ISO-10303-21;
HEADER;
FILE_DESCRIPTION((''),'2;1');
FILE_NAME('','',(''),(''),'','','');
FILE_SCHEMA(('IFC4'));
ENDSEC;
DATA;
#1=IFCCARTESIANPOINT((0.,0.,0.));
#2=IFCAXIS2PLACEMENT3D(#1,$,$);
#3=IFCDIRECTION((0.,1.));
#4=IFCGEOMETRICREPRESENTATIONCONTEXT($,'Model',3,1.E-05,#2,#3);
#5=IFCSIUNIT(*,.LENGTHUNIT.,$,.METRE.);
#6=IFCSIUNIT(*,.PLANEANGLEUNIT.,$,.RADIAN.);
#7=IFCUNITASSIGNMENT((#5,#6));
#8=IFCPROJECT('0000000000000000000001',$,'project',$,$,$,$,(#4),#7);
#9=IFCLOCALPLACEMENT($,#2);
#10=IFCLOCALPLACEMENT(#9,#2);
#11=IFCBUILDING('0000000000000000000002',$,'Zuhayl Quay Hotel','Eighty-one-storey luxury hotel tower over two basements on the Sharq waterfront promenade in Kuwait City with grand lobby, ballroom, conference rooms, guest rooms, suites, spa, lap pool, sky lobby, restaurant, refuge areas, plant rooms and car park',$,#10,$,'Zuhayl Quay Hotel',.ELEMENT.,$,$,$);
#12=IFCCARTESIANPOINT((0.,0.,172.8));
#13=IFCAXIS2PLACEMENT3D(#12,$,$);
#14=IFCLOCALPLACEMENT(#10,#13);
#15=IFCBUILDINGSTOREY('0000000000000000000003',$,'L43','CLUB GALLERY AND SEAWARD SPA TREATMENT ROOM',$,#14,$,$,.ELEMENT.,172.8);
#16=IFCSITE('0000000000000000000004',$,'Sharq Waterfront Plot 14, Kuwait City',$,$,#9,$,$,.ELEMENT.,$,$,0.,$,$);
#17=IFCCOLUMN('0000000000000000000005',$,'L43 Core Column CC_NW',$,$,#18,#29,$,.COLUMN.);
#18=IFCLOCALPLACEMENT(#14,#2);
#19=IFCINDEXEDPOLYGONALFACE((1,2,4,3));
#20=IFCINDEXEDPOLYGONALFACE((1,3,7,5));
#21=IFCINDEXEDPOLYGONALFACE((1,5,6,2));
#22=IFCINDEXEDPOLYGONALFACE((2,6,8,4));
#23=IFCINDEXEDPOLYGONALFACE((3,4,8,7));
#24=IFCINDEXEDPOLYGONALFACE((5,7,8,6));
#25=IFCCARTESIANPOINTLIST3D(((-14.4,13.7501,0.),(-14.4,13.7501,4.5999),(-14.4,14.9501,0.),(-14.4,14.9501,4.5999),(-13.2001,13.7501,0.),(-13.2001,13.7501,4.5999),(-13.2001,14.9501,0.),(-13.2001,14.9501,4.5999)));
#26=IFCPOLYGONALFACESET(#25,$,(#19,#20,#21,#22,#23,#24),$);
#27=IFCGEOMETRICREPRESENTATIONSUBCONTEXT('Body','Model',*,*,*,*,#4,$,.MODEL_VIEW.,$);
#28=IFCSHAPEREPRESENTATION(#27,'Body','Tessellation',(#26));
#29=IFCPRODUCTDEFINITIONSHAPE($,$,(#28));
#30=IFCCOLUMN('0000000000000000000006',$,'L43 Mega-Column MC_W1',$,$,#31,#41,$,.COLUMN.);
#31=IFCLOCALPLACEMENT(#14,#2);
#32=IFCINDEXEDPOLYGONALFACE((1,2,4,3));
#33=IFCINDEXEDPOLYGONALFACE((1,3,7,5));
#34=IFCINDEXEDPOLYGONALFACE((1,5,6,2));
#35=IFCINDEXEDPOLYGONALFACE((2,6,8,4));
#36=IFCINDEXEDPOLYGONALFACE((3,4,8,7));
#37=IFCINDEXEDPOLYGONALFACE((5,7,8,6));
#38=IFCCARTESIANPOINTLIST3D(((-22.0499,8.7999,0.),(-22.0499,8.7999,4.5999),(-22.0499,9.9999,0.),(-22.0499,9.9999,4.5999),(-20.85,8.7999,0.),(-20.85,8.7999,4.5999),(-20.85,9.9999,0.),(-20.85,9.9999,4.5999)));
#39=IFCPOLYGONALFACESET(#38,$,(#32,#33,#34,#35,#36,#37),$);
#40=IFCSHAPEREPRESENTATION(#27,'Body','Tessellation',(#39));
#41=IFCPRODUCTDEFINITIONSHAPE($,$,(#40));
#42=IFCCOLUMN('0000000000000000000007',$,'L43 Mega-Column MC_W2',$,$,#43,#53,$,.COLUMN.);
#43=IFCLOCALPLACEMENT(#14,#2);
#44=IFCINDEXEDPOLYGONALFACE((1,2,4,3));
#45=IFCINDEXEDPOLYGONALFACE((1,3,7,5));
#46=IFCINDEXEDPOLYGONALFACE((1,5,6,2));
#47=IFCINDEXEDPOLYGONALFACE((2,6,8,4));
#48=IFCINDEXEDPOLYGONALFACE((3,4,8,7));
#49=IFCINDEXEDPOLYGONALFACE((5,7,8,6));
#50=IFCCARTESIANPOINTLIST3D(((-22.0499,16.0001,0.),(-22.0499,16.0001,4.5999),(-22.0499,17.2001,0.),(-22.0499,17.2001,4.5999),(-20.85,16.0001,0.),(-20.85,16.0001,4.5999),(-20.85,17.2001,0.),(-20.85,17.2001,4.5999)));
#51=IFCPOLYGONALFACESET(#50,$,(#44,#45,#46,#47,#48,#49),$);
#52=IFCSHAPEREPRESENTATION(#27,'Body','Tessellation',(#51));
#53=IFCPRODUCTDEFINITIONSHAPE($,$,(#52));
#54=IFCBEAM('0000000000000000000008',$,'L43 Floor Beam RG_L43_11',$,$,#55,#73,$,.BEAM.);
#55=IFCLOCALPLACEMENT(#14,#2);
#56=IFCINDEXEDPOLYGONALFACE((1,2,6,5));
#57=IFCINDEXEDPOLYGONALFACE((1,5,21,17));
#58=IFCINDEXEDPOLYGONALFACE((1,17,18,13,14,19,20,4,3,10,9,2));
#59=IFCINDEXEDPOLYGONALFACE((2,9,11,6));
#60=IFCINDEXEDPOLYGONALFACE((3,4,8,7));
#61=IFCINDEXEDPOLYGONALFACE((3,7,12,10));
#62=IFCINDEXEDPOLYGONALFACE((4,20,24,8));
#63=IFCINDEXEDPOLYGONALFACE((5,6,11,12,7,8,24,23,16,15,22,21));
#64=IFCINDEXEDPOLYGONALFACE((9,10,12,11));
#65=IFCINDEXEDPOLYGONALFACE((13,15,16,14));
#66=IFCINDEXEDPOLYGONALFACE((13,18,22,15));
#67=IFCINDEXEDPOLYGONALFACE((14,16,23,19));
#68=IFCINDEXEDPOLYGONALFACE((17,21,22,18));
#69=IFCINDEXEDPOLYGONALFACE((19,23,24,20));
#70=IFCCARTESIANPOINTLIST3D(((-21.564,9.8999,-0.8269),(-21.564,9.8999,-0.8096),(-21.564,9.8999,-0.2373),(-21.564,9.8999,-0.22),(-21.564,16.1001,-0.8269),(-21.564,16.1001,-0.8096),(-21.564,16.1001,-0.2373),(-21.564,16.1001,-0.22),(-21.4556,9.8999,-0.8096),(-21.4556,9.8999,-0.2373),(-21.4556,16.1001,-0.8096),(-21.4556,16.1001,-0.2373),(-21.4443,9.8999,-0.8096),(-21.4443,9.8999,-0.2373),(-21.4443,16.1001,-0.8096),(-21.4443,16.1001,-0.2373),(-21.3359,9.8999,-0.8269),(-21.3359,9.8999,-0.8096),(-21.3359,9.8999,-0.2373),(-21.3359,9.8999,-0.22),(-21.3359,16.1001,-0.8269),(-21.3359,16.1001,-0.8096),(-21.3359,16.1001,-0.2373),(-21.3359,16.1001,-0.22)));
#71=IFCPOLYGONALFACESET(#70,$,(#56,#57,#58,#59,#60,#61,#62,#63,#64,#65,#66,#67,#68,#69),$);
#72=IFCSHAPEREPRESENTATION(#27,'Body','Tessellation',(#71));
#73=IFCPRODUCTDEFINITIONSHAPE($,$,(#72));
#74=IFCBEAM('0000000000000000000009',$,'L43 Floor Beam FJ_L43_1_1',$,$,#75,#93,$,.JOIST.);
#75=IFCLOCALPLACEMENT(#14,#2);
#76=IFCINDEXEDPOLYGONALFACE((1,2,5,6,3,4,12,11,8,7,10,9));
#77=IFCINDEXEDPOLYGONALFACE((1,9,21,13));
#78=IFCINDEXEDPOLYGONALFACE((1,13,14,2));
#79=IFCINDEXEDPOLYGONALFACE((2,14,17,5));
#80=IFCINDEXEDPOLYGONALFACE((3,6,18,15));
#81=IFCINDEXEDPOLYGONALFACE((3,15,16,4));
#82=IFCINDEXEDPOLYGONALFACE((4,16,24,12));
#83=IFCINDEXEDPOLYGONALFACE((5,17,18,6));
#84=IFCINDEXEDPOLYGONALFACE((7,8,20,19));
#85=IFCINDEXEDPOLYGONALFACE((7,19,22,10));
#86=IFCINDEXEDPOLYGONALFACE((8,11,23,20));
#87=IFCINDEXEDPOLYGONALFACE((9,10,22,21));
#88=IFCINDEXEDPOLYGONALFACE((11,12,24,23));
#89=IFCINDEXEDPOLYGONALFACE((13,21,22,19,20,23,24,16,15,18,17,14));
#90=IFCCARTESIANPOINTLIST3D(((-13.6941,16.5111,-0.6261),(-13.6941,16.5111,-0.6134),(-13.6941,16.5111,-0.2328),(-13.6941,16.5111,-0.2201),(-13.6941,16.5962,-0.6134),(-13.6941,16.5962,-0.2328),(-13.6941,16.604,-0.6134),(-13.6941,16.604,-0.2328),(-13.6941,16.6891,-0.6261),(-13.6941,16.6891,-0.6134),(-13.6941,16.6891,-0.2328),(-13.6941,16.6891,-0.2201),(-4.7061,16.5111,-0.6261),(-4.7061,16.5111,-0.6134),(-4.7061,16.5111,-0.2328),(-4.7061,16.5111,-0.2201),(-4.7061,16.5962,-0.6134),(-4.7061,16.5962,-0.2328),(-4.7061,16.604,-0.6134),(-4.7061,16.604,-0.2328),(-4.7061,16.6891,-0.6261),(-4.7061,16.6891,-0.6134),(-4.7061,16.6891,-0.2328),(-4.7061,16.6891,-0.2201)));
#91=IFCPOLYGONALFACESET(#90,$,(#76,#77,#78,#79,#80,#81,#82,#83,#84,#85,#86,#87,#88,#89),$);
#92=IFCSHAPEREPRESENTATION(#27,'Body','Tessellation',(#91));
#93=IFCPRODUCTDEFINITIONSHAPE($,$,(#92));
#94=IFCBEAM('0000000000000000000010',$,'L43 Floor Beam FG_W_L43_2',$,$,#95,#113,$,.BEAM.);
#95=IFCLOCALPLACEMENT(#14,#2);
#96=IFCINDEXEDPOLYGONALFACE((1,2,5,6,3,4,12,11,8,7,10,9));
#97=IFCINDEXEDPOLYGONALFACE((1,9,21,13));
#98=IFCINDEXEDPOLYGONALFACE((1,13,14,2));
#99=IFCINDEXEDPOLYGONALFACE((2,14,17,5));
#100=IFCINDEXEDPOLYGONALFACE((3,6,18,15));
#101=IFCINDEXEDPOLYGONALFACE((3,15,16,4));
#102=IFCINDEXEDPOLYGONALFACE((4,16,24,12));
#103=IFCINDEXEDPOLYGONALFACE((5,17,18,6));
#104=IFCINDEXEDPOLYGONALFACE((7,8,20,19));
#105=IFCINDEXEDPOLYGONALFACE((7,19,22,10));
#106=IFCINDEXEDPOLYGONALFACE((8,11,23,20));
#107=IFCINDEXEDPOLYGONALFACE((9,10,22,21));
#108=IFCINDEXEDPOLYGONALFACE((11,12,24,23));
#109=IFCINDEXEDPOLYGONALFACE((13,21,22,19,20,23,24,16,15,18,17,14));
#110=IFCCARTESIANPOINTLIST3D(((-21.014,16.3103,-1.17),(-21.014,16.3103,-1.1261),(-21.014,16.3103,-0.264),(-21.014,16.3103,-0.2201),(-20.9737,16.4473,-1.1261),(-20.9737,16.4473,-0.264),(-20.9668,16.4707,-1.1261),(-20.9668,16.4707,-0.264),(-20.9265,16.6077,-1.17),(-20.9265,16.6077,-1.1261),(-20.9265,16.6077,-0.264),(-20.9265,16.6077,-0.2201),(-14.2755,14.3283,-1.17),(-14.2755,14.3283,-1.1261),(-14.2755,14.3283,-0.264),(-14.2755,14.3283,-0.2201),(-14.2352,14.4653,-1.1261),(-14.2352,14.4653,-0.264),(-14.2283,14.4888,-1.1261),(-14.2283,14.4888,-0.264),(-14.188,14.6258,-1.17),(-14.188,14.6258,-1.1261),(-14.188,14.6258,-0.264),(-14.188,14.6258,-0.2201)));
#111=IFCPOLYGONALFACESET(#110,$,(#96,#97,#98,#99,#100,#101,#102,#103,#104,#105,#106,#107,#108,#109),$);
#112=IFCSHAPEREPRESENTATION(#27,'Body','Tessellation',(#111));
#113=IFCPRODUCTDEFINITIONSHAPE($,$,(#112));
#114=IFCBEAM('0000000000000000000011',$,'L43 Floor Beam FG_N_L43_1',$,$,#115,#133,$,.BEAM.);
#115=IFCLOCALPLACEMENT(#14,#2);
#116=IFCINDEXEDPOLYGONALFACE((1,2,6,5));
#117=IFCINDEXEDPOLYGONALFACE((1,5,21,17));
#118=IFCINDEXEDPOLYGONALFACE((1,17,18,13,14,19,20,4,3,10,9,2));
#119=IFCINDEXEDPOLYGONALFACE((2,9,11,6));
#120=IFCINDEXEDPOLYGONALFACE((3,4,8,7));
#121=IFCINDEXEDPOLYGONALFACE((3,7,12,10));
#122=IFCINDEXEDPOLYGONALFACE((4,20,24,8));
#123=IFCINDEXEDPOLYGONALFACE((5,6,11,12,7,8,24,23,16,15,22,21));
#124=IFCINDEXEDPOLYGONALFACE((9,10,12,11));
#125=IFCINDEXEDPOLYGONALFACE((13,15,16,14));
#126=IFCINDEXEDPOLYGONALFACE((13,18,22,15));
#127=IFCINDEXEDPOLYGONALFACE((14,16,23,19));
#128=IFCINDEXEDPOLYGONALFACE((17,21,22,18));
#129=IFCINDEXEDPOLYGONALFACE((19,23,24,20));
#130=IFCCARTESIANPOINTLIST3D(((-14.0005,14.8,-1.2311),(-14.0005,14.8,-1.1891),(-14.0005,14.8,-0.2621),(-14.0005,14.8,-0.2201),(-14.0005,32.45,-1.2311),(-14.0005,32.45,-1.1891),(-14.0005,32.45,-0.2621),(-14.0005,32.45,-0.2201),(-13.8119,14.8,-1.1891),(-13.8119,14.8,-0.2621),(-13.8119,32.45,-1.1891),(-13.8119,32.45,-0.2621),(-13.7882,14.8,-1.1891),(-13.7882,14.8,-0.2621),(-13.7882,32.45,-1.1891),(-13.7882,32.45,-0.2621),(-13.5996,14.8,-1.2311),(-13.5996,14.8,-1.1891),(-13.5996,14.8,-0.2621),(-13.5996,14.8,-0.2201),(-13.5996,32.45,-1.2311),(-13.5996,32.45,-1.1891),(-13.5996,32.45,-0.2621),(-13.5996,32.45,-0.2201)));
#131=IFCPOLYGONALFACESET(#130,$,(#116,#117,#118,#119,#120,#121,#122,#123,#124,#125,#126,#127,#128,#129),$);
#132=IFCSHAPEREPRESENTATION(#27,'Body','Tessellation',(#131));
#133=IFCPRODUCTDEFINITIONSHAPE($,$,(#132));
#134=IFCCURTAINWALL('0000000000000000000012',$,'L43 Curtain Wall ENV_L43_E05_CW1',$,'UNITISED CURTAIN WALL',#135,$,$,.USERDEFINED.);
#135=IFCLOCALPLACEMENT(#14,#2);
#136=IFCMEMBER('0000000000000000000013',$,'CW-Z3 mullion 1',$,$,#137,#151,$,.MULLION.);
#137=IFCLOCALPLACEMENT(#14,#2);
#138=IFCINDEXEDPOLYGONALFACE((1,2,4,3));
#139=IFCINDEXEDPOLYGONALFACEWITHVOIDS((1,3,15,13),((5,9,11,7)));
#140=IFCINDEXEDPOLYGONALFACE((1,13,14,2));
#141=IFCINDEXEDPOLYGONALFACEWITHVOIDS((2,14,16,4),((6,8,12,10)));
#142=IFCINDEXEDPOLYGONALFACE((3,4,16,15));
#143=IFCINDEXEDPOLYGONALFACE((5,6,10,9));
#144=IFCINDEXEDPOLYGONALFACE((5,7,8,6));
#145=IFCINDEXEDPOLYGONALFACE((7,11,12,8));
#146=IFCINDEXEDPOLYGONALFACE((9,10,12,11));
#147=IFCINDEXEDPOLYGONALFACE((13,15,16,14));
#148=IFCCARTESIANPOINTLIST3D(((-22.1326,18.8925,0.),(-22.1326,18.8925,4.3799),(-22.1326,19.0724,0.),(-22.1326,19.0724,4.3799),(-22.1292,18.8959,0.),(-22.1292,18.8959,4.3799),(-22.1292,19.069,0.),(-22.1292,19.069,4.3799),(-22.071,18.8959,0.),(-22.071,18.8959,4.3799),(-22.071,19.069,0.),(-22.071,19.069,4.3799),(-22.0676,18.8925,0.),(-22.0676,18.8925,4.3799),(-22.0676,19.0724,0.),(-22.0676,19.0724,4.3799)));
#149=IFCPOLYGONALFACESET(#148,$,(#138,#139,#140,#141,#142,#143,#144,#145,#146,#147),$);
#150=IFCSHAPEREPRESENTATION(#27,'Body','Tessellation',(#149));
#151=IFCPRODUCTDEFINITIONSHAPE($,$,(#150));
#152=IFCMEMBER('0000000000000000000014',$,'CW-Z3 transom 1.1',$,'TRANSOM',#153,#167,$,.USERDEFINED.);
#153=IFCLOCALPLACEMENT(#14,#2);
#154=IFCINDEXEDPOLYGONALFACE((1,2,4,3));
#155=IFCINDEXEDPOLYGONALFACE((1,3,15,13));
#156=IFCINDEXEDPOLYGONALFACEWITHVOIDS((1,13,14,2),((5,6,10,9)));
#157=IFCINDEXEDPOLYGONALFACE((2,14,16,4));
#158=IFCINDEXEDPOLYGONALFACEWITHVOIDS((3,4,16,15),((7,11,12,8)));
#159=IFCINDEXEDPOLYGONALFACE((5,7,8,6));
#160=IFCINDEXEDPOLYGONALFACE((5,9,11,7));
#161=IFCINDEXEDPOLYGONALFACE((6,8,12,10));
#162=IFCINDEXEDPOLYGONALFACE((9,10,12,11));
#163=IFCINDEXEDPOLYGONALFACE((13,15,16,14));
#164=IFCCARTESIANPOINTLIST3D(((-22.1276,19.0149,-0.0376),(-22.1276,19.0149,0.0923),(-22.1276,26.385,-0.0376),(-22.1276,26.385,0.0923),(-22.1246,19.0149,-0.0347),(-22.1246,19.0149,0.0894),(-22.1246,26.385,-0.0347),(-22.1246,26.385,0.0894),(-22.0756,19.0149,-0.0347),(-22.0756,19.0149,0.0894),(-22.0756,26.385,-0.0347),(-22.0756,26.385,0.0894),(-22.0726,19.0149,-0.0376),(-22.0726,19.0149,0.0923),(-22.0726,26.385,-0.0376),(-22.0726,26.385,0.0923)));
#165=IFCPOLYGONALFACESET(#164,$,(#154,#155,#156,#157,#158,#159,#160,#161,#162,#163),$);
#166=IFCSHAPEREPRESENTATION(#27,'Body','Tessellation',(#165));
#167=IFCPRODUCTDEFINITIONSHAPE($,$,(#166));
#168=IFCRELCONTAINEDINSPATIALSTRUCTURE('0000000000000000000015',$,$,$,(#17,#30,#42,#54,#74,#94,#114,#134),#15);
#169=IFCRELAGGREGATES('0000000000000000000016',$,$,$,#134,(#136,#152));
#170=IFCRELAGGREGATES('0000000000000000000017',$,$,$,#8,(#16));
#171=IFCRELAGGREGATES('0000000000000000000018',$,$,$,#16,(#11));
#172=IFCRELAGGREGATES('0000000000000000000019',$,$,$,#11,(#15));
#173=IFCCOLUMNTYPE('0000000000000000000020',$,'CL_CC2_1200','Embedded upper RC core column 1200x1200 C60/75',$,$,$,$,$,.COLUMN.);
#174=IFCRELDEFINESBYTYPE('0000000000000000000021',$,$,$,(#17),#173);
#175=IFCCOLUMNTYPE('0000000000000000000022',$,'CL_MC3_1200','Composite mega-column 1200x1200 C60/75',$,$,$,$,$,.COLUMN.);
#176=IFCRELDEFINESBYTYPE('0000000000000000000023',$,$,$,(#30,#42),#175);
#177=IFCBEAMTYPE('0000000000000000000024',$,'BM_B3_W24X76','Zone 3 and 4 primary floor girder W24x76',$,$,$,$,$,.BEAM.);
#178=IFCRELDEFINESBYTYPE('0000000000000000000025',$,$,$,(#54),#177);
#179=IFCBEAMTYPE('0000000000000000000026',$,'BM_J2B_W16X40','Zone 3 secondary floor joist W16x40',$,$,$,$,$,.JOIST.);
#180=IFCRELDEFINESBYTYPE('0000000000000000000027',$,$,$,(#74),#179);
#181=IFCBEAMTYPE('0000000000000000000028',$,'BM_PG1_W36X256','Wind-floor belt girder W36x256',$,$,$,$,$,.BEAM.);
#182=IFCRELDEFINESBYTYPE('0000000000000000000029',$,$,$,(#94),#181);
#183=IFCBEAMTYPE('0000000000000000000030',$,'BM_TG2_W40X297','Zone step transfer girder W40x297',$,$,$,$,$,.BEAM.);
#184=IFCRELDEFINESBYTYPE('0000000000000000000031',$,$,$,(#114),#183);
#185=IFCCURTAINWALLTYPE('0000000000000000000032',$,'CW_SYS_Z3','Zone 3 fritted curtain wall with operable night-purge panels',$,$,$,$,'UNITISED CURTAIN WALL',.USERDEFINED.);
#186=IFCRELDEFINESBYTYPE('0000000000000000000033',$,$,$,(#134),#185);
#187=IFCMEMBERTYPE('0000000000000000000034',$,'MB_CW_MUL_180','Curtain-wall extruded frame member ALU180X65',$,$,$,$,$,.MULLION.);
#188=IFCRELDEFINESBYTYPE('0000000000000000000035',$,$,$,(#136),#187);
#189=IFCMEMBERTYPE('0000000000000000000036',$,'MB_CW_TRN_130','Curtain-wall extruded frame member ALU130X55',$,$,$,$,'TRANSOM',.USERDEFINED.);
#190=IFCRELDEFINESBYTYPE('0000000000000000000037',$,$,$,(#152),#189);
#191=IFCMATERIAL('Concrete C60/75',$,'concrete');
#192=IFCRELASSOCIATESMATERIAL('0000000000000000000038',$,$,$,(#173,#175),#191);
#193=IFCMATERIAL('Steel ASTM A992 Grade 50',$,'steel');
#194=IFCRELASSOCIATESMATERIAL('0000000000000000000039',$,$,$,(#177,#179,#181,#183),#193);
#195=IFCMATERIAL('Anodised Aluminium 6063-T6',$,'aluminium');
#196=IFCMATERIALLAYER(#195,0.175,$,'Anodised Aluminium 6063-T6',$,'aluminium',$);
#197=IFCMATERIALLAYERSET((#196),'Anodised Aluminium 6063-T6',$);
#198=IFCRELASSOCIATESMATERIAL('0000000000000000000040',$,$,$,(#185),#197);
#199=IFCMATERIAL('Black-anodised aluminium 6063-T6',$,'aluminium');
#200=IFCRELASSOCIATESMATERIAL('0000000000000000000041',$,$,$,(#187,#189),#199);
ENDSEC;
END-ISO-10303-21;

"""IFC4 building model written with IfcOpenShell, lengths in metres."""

from ifc_helpers import new_model, si_unit, direction, frame, origin, origin_2d, place, context, subcontext, project, spatial, rectangle, hollow_rectangle, i_section, extrude, material, layer, layer_set, material_profile, profile_set, type_object, element, aggregate, save


model = new_model("IFC4")

# Units and contexts
model_context = context("Model", 3, precision=1e-05, world=origin(), true_north=direction((0.0, 1.0)))
body_context = subcontext(model_context, "Body", "Model", "MODEL_VIEW")
ifc_project = project(units=[si_unit("LENGTHUNIT", "METRE"), si_unit("PLANEANGLEUNIT", "RADIAN")], contexts=[model_context])

# Site, building, storey
site_placement = place(None, origin())
site = spatial("IfcSite", under=ifc_project, at=site_placement, Name="Sharq Waterfront Plot 14, Kuwait City", CompositionType="ELEMENT", RefElevation=0.0)
building_placement = place(site_placement, origin())
building = spatial("IfcBuilding", under=site, at=building_placement, Name="Zuhayl Quay Hotel", Description="Eighty-one-storey luxury hotel tower over two basements on the Sharq waterfront promenade in Kuwait City with grand lobby, ballroom, conference rooms, guest rooms, suites, spa, lap pool, sky lobby, restaurant, refuge areas, plant rooms and car park", LongName="Zuhayl Quay Hotel", CompositionType="ELEMENT")
storey_placement = place(building_placement, frame((0.0, 0.0, 172.8)))
storey = spatial("IfcBuildingStorey", under=building, at=storey_placement, Name="L43", Description="CLUB GALLERY AND SEAWARD SPA TREATMENT ROOM", CompositionType="ELEMENT", Elevation=172.8)

# Columns
ifc_material_1 = material(Name="Concrete C60/75", Category="concrete")
ifc_material_profile_1 = material_profile(ifc_material_1, rectangle(XDim=1.2, YDim=1.2, at=origin_2d()), Name="RC1200X1200")
ifc_profile_set_1 = profile_set([ifc_material_profile_1], Name="Concrete C60/75")
column_type_1 = type_object("IfcColumnType", Name="CL_CC2_1200", Description="Embedded upper RC core column 1200x1200 C60/75", PredefinedType="COLUMN", material=ifc_profile_set_1)
column_placement = place(storey_placement, frame((-13.8, 14.3501, 0.0), z_axis=(0.0, 0.0, 1.0), x_axis=(1.0, 0.0, 0.0)))
element("IfcColumn", 1, at=column_placement, inside=storey, type_object=column_type_1, Name="L43 Core Column CC_NW", PredefinedType="COLUMN", context=body_context, shape_type="SweptSolid", body=[
    extrude(rectangle(XDim=1.2, YDim=1.2, at=origin_2d()), origin(), (0.0, 0.0, 1.0), 4.5999),
])
ifc_material_profile_2 = material_profile(ifc_material_1, rectangle(XDim=1.2, YDim=1.2, at=origin_2d()), Name="RC1200X1200")
ifc_profile_set_2 = profile_set([ifc_material_profile_2], Name="Concrete C60/75")
column_type_2 = type_object("IfcColumnType", Name="CL_MC3_1200", Description="Composite mega-column 1200x1200 C60/75", PredefinedType="COLUMN", material=ifc_profile_set_2)
for number, where, z_axis, x_axis, name in (
    (2, (-21.45, 9.3999, 0.0), (0.0, 0.0, 1.0), (1.0, 0.0, 0.0), "L43 Mega-Column MC_W1"),
    (3, (-21.45, 16.6001, 0.0), (0.0, 0.0, 1.0), (1.0, 0.0, 0.0), "L43 Mega-Column MC_W2"),
):
    element("IfcColumn", number, at=place(storey_placement, frame(where, z_axis=z_axis, x_axis=x_axis)), inside=storey, type_object=column_type_2, Name=name, PredefinedType="COLUMN", context=body_context, shape_type="SweptSolid", body=[
        extrude(rectangle(XDim=1.2, YDim=1.2, at=origin_2d()), origin(), (0.0, 0.0, 1.0), 4.5999),
    ])

# Beams
ifc_material_2 = material(Name="Steel ASTM A992 Grade 50", Category="steel")
ifc_material_profile_3 = material_profile(ifc_material_2, i_section(OverallWidth=0.228, OverallDepth=0.6069, WebThickness=0.0112, FlangeThickness=0.0173, at=origin_2d()), Name="W24X76")
ifc_profile_set_3 = profile_set([ifc_material_profile_3], Name="Steel ASTM A992 Grade 50")
beam_type_1 = type_object("IfcBeamType", Name="BM_B3_W24X76", Description="Zone 3 and 4 primary floor girder W24x76", PredefinedType="BEAM", material=ifc_profile_set_3)
beam_1_placement = place(storey_placement, frame((-21.45, 16.1001, -0.5234), z_axis=(0.0, -1.0, 0.0), x_axis=(1.0, 0.0, 0.0)))
element("IfcBeam", 4, at=beam_1_placement, inside=storey, type_object=beam_type_1, Name="L43 Floor Beam RG_L43_11", PredefinedType="BEAM", context=body_context, shape_type="SweptSolid", body=[
    extrude(i_section(OverallWidth=0.228, OverallDepth=0.6069, WebThickness=0.0112, FlangeThickness=0.0173, at=origin_2d()), origin(), (0.0, 0.0, 1.0), 6.2002),
])
ifc_material_profile_4 = material_profile(ifc_material_2, i_section(OverallWidth=0.178, OverallDepth=0.406, WebThickness=0.0078, FlangeThickness=0.0127, at=origin_2d()), Name="W16X40")
ifc_profile_set_4 = profile_set([ifc_material_profile_4], Name="Steel ASTM A992 Grade 50")
beam_type_2 = type_object("IfcBeamType", Name="BM_J2B_W16X40", Description="Zone 3 secondary floor joist W16x40", PredefinedType="JOIST", material=ifc_profile_set_4)
beam_2_placement = place(storey_placement, frame((-13.6941, 16.6001, -0.4231), z_axis=(1.0, 0.0, 0.0), x_axis=(0.0, 1.0, 0.0)))
element("IfcBeam", 5, at=beam_2_placement, inside=storey, type_object=beam_type_2, Name="L43 Floor Beam FJ_L43_1_1", PredefinedType="JOIST", context=body_context, shape_type="SweptSolid", body=[
    extrude(i_section(OverallWidth=0.178, OverallDepth=0.406, WebThickness=0.0078, FlangeThickness=0.0127, at=origin_2d()), origin(), (0.0, 0.0, 1.0), 8.988),
])
ifc_material_profile_5 = material_profile(ifc_material_2, i_section(OverallWidth=0.3101, OverallDepth=0.95, WebThickness=0.0244, FlangeThickness=0.0439, at=origin_2d()), Name="W36X256")
ifc_profile_set_5 = profile_set([ifc_material_profile_5], Name="Steel ASTM A992 Grade 50")
beam_type_3 = type_object("IfcBeamType", Name="BM_PG1_W36X256", Description="Wind-floor belt girder W36x256", PredefinedType="BEAM", material=ifc_profile_set_5)
beam_3_placement = place(storey_placement, frame((-20.9702, 16.459, -0.6951), z_axis=(0.959365, -0.282168, 0.0), x_axis=(0.282168, 0.959365, 0.0)))
element("IfcBeam", 6, at=beam_3_placement, inside=storey, type_object=beam_type_3, Name="L43 Floor Beam FG_W_L43_2", PredefinedType="BEAM", context=body_context, shape_type="SweptSolid", body=[
    extrude(i_section(OverallWidth=0.3101, OverallDepth=0.95, WebThickness=0.0244, FlangeThickness=0.0439, at=origin_2d()), origin(), (0.0, 0.0, 1.0), 7.0239),
])
ifc_material_profile_6 = material_profile(ifc_material_2, i_section(OverallWidth=0.4009, OverallDepth=1.011, WebThickness=0.0237, FlangeThickness=0.042, at=origin_2d()), Name="W40X297")
ifc_profile_set_6 = profile_set([ifc_material_profile_6], Name="Steel ASTM A992 Grade 50")
beam_type_4 = type_object("IfcBeamType", Name="BM_TG2_W40X297", Description="Zone step transfer girder W40x297", PredefinedType="BEAM", material=ifc_profile_set_6)
beam_4_placement = place(storey_placement, frame((-13.8, 14.8, -0.7256), z_axis=(0.0, 1.0, 0.0), x_axis=(-1.0, 0.0, 0.0)))
element("IfcBeam", 7, at=beam_4_placement, inside=storey, type_object=beam_type_4, Name="L43 Floor Beam FG_N_L43_1", PredefinedType="BEAM", context=body_context, shape_type="SweptSolid", body=[
    extrude(i_section(OverallWidth=0.4009, OverallDepth=1.011, WebThickness=0.0237, FlangeThickness=0.042, at=origin_2d()), origin(), (0.0, 0.0, 1.0), 17.6499),
])

# Curtain wall, members
ifc_material_3 = material(Name="Anodised Aluminium 6063-T6", Category="aluminium")
ifc_layer_1 = layer(ifc_material_3, 0.175, Name="Anodised Aluminium 6063-T6", Category="aluminium")
ifc_layer_set_1 = layer_set([ifc_layer_1], Name="Anodised Aluminium 6063-T6")
curtain_wall_type = type_object("IfcCurtainWallType", Name="CW_SYS_Z3", Description="Zone 3 fritted curtain wall with operable night-purge panels", ElementType="UNITISED CURTAIN WALL", PredefinedType="USERDEFINED", material=ifc_layer_set_1)
curtain_wall_placement = place(storey_placement, origin())
curtain_wall = element("IfcCurtainWall", 8, at=curtain_wall_placement, inside=storey, type_object=curtain_wall_type, Name="L43 Curtain Wall ENV_L43_E05_CW1", ObjectType="UNITISED CURTAIN WALL", PredefinedType="USERDEFINED")
ifc_material_4 = material(Name="Black-anodised aluminium 6063-T6", Category="aluminium")
ifc_material_profile_7 = material_profile(ifc_material_4, hollow_rectangle(XDim=0.0649, YDim=0.1799, WallThickness=0.0034, at=origin_2d()), Name="ALU180X65")
ifc_profile_set_7 = profile_set([ifc_material_profile_7], Name="Black-anodised aluminium 6063-T6")
member_type_1 = type_object("IfcMemberType", Name="MB_CW_MUL_180", Description="Curtain-wall extruded frame member ALU180X65", PredefinedType="MULLION", material=ifc_profile_set_7)
member_1_placement = place(storey_placement, frame((-22.1001, 18.9824, 0.0), z_axis=(0.0, 0.0, 1.0), x_axis=(-1.0, 0.0, 0.0)))
member_1 = element("IfcMember", 9, at=member_1_placement, type_object=member_type_1, Name="CW-Z3 mullion 1", PredefinedType="MULLION", context=body_context, shape_type="SweptSolid", body=[
    extrude(hollow_rectangle(XDim=0.0649, YDim=0.1799, WallThickness=0.0034, at=origin_2d()), origin(), (0.0, 0.0, 1.0), 4.3799),
])
ifc_material_profile_8 = material_profile(ifc_material_4, hollow_rectangle(XDim=0.0549, YDim=0.1299, WallThickness=0.0029, at=origin_2d()), Name="ALU130X55")
ifc_profile_set_8 = profile_set([ifc_material_profile_8], Name="Black-anodised aluminium 6063-T6")
member_type_2 = type_object("IfcMemberType", Name="MB_CW_TRN_130", Description="Curtain-wall extruded frame member ALU130X55", ElementType="TRANSOM", PredefinedType="USERDEFINED", material=ifc_profile_set_8)
member_2_placement = place(storey_placement, frame((-22.1001, 19.0149, 0.0273), z_axis=(0.0, 1.0, 0.0), x_axis=(-1.0, 0.0, 0.0)))
member_2 = element("IfcMember", 10, at=member_2_placement, type_object=member_type_2, Name="CW-Z3 transom 1.1", ObjectType="TRANSOM", PredefinedType="USERDEFINED", context=body_context, shape_type="SweptSolid", body=[
    extrude(hollow_rectangle(XDim=0.0549, YDim=0.1299, WallThickness=0.0029, at=origin_2d()), origin(), (0.0, 0.0, 1.0), 7.3701),
])
aggregate(curtain_wall, [member_1, member_2])

save(model, "model.ifc")
